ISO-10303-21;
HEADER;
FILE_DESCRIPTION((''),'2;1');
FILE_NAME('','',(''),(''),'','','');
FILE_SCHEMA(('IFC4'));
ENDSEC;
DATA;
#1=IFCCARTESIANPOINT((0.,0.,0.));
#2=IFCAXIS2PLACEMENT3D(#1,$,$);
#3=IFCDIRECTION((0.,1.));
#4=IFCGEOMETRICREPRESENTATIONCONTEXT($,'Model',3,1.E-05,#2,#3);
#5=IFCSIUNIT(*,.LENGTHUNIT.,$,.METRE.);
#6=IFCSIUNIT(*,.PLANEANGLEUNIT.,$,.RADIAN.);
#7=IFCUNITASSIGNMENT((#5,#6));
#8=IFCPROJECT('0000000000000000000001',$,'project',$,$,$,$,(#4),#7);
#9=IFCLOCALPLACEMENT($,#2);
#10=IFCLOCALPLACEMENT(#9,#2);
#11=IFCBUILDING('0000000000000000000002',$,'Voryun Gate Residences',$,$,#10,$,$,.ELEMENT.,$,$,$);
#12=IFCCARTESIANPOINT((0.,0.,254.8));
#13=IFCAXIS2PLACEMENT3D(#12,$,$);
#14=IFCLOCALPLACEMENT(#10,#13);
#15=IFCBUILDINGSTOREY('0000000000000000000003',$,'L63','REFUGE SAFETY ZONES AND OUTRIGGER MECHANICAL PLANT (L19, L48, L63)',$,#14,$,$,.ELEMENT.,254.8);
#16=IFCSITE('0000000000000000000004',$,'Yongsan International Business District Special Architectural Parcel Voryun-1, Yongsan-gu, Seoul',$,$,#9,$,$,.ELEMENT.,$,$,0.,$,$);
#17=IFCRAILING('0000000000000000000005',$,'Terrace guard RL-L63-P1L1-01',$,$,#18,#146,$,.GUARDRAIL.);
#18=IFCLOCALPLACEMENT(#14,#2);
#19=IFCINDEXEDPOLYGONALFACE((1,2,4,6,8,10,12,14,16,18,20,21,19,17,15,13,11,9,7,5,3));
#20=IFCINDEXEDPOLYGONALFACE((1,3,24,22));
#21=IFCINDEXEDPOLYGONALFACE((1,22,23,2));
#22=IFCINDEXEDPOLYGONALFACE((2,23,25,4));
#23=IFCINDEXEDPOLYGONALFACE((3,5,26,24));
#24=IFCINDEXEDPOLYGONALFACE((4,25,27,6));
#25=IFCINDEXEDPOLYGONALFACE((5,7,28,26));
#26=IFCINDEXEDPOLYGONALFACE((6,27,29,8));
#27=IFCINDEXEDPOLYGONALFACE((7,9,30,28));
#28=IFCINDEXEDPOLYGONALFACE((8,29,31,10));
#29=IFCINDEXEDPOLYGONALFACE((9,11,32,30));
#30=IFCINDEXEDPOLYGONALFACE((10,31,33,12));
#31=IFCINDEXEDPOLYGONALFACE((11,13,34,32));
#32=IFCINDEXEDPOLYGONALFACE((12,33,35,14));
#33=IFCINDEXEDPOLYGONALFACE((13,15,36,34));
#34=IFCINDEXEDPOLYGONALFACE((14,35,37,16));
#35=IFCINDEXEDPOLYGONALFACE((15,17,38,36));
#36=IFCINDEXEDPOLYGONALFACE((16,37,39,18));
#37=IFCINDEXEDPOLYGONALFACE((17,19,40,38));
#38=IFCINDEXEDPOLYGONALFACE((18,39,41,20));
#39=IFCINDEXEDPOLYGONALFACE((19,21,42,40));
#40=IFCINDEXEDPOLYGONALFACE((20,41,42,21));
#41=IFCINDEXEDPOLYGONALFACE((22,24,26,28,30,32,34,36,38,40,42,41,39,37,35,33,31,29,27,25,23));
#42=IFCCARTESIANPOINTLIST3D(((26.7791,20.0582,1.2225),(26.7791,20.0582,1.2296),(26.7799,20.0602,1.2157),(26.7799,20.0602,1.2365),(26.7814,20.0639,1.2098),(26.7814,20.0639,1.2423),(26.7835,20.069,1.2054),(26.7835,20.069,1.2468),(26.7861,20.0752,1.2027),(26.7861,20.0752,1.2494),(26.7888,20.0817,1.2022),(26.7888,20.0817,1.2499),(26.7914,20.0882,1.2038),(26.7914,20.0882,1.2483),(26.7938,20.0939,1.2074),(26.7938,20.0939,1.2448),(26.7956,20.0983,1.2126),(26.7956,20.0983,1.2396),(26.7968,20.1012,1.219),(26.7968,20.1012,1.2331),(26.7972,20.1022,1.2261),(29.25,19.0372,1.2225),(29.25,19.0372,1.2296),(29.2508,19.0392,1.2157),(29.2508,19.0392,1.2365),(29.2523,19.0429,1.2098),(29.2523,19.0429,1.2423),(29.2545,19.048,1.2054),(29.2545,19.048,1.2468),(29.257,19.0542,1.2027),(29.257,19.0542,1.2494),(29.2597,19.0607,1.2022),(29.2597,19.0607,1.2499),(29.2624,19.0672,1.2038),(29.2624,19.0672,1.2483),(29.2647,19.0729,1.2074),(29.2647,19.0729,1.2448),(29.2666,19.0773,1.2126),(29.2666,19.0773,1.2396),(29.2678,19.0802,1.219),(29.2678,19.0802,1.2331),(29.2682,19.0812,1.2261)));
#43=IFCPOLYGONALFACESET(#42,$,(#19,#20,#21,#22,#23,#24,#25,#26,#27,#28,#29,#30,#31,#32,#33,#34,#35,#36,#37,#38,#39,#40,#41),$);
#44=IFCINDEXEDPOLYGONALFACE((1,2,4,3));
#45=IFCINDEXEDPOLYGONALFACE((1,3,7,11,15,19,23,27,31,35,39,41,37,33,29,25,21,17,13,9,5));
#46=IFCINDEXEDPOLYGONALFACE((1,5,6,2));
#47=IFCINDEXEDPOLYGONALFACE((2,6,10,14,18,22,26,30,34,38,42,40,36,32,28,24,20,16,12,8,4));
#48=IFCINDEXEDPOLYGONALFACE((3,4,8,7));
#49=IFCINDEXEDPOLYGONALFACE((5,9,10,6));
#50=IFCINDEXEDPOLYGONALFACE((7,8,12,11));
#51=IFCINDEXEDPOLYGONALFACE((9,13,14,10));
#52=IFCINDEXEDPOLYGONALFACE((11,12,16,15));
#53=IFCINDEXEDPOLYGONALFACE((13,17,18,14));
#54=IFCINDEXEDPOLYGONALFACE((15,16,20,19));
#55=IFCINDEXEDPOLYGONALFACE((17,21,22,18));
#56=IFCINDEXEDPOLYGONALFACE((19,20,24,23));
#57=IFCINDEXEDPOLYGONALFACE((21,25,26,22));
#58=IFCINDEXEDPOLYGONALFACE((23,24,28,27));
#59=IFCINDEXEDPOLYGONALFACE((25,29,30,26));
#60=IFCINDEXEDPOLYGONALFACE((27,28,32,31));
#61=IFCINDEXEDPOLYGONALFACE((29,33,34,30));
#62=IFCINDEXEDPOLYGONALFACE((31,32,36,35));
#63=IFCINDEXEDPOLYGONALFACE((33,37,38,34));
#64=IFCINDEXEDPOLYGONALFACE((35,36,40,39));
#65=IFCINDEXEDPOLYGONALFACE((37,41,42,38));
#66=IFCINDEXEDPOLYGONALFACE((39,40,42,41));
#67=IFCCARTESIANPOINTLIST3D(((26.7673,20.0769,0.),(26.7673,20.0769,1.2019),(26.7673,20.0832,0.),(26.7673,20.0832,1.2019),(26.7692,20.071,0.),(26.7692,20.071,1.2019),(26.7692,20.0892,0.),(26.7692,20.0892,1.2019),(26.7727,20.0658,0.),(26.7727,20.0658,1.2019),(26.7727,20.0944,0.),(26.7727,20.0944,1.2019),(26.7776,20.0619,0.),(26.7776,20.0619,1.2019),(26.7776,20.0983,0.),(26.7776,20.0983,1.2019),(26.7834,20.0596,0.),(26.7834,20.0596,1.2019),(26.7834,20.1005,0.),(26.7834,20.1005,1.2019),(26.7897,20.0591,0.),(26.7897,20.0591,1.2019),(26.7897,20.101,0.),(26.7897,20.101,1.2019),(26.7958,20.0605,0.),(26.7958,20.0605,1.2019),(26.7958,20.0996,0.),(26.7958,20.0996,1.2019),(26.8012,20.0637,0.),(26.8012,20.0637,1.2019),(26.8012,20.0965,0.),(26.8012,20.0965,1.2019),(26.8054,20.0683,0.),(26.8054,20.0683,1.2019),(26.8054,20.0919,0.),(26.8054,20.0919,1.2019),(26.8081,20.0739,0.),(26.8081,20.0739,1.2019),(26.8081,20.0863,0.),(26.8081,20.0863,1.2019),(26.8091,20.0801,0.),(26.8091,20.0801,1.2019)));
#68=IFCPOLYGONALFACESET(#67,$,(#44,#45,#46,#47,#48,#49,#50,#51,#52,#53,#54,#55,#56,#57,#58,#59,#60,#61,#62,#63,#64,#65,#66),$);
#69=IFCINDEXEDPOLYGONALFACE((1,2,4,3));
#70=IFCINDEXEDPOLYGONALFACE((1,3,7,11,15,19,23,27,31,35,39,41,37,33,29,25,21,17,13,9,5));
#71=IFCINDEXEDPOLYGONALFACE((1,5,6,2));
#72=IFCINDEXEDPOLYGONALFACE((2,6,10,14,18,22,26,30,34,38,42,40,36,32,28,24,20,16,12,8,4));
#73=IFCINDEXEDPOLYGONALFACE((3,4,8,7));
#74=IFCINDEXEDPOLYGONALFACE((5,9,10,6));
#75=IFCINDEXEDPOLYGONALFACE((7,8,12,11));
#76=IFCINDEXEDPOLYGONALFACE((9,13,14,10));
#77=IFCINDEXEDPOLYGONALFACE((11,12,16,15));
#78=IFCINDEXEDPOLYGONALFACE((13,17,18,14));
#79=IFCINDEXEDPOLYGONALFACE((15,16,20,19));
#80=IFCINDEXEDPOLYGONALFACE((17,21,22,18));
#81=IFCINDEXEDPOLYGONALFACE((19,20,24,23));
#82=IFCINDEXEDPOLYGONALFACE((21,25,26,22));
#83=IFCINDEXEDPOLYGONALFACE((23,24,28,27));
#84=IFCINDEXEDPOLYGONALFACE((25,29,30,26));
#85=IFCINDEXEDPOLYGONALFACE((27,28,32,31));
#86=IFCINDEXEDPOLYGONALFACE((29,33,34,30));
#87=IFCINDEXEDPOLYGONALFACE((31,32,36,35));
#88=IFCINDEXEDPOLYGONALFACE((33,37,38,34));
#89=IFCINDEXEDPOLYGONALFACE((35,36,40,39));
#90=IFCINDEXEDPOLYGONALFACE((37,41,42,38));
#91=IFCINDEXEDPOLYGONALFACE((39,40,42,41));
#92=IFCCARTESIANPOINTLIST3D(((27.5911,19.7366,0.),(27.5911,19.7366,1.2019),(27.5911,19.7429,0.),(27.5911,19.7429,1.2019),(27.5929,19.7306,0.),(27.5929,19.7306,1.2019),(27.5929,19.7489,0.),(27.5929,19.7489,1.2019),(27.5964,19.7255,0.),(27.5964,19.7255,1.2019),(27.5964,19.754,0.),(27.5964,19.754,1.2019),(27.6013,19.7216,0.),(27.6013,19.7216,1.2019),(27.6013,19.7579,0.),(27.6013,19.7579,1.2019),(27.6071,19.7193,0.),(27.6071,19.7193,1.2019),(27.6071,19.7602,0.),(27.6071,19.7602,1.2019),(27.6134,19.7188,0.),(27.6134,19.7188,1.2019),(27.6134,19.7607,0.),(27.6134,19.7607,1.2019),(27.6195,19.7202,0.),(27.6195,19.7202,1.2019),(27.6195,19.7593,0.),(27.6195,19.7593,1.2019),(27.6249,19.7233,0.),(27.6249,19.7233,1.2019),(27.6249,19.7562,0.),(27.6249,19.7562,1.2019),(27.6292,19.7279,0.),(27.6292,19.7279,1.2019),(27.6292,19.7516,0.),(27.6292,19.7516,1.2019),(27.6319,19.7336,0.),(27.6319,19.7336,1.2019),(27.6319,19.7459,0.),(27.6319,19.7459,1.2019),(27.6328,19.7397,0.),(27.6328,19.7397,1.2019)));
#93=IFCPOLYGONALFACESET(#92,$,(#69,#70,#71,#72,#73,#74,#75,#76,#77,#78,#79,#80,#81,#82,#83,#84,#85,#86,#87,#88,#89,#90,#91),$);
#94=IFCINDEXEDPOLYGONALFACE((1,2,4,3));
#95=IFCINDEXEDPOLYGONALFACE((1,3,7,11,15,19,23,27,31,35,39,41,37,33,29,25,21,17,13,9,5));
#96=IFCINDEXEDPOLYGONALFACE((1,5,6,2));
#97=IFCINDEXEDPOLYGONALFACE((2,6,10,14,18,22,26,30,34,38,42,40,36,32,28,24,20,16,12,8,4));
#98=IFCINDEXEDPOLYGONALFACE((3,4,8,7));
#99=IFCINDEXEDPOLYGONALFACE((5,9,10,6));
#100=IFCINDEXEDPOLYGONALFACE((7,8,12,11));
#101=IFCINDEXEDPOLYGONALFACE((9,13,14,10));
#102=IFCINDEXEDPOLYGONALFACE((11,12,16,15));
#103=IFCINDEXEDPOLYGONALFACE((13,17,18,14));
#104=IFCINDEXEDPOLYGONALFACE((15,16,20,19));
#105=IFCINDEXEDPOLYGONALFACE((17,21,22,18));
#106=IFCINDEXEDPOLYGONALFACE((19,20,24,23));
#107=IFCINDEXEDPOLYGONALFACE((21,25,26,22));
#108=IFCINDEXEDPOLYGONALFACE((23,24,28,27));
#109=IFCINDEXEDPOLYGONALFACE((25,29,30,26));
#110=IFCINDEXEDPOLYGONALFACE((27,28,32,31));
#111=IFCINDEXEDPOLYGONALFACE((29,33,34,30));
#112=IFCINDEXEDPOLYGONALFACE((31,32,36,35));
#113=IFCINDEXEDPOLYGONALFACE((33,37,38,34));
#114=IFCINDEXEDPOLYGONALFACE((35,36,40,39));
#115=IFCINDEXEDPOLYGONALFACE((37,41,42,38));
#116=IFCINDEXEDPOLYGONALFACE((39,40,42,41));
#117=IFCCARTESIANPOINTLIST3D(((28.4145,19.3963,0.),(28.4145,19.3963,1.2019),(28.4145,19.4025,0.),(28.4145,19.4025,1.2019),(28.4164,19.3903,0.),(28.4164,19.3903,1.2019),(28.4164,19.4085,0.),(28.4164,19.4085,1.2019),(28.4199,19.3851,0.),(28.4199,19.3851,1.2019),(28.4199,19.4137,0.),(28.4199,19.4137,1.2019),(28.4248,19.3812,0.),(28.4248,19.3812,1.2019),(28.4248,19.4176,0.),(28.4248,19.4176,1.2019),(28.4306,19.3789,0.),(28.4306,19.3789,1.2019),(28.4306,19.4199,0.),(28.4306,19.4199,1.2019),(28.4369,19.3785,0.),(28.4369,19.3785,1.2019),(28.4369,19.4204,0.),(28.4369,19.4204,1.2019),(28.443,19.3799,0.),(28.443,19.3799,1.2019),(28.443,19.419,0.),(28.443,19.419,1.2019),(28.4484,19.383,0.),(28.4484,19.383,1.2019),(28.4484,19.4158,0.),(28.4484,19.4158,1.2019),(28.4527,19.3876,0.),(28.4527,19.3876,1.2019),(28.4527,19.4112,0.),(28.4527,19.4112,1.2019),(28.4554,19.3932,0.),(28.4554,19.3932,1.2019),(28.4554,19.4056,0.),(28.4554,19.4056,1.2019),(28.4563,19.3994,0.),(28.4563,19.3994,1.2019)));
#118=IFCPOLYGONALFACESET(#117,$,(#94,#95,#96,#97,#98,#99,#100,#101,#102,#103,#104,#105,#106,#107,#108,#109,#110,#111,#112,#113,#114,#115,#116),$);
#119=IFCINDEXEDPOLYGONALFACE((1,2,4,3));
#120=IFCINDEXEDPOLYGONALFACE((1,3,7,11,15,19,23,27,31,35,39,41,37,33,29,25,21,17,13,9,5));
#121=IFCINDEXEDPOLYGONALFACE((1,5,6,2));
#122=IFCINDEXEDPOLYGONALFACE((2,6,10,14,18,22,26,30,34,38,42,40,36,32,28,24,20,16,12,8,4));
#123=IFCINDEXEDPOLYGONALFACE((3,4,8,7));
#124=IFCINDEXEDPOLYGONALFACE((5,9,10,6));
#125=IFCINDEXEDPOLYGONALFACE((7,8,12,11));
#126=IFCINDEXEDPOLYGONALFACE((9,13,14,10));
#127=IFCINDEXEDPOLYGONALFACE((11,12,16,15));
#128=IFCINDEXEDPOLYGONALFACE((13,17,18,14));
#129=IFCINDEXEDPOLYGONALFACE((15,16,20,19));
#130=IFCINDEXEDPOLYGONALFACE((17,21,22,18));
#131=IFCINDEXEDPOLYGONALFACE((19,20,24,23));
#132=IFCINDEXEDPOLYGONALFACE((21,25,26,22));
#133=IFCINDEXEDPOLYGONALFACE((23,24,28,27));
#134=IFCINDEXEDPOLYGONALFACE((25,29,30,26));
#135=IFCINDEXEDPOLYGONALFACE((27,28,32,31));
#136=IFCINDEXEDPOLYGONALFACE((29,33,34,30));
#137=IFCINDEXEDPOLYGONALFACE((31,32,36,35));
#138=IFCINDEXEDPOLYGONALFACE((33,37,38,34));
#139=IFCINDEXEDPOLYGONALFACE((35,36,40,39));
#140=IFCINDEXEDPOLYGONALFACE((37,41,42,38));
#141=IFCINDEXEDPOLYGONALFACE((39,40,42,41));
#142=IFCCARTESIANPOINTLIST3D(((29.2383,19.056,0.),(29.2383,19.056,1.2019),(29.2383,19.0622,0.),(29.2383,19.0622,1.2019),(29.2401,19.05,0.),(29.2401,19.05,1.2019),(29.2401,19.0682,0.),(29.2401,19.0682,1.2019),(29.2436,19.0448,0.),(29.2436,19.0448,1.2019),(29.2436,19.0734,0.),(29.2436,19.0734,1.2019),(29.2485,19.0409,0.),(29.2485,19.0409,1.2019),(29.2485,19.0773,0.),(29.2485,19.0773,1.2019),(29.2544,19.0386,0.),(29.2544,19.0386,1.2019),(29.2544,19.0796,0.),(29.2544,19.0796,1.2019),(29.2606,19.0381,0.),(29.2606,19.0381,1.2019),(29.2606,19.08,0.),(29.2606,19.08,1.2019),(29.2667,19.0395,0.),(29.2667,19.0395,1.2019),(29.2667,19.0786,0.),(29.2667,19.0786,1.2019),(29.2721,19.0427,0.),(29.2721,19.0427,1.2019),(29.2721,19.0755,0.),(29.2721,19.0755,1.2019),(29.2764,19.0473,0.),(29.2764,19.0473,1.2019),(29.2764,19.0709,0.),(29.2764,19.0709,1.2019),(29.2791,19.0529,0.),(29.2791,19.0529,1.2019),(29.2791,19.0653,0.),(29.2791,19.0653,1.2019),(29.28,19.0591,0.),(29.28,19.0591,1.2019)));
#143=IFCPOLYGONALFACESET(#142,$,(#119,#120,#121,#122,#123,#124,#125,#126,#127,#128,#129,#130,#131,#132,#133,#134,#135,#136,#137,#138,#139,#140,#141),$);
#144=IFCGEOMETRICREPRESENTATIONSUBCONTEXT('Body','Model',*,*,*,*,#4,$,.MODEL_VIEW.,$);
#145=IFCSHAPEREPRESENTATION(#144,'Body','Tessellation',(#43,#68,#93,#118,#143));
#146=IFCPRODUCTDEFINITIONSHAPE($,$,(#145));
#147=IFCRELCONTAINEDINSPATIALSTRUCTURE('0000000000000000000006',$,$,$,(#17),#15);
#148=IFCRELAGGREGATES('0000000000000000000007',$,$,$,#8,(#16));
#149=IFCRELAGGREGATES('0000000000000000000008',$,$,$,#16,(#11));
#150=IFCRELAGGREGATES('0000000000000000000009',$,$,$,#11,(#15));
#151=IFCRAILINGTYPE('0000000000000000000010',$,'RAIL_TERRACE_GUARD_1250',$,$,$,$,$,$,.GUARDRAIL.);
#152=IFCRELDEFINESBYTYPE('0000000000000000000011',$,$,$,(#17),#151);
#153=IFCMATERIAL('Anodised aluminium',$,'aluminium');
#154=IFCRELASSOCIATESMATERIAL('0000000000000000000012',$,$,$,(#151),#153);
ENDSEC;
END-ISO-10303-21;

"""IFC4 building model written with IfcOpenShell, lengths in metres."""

from ifc_helpers import new_model, si_unit, direction, frame, origin, origin_2d, place, context, subcontext, project, spatial, circle, extrude, material, type_object, element, save


model = new_model("IFC4")

# Units and contexts
model_context = context("Model", 3, precision=1e-05, world=origin(), true_north=direction((0.0, 1.0)))
body_context = subcontext(model_context, "Body", "Model", "MODEL_VIEW")
ifc_project = project(units=[si_unit("LENGTHUNIT", "METRE"), si_unit("PLANEANGLEUNIT", "RADIAN")], contexts=[model_context])

# Site, building, storey
site_placement = place(None, origin())
site = spatial("IfcSite", under=ifc_project, at=site_placement, Name="Yongsan International Business District Special Architectural Parcel Voryun-1, Yongsan-gu, Seoul", CompositionType="ELEMENT", RefElevation=0.0)
building_placement = place(site_placement, origin())
building = spatial("IfcBuilding", under=site, at=building_placement, Name="Voryun Gate Residences", CompositionType="ELEMENT")
storey_placement = place(building_placement, frame((0.0, 0.0, 254.8)))
storey = spatial("IfcBuildingStorey", under=building, at=storey_placement, Name="L63", Description="REFUGE SAFETY ZONES AND OUTRIGGER MECHANICAL PLANT (L19, L48, L63)", CompositionType="ELEMENT", Elevation=254.8)

# Railing
ifc_material_1 = material(Name="Anodised aluminium", Category="aluminium")
railing_type = type_object("IfcRailingType", Name="RAIL_TERRACE_GUARD_1250", PredefinedType="GUARDRAIL", material=ifc_material_1)
railing_1_placement = place(storey_placement, frame((26.7881, 20.0801, 0.0)))
element("IfcRailing", 1, at=railing_1_placement, inside=storey, type_object=railing_type, Name="Terrace guard RL-L63-P1L1-01", PredefinedType="GUARDRAIL", context=body_context, shape_type="SweptSolid", body=[
    extrude(circle(Radius=0.0239, at=origin_2d()), frame((0.0, 0.0, 1.2261), z_axis=(0.92421, -0.381884, 0.0), x_axis=(0.381884, 0.92421, 0.0)), (0.0, 0.0, 1.0), 2.6736),
    extrude(circle(Radius=0.021, at=origin_2d()), origin(), (0.0, 0.0, 1.0), 1.2019),
    extrude(circle(Radius=0.021, at=origin_2d()), frame((0.8237, -0.3403, 0.0)), (0.0, 0.0, 1.0), 1.2019),
    extrude(circle(Radius=0.021, at=origin_2d()), frame((1.6472, -0.6807, 0.0)), (0.0, 0.0, 1.0), 1.2019),
    extrude(circle(Radius=0.021, at=origin_2d()), frame((2.4709, -1.021, 0.0)), (0.0, 0.0, 1.0), 1.2019),
])

save(model, "model.ifc")
